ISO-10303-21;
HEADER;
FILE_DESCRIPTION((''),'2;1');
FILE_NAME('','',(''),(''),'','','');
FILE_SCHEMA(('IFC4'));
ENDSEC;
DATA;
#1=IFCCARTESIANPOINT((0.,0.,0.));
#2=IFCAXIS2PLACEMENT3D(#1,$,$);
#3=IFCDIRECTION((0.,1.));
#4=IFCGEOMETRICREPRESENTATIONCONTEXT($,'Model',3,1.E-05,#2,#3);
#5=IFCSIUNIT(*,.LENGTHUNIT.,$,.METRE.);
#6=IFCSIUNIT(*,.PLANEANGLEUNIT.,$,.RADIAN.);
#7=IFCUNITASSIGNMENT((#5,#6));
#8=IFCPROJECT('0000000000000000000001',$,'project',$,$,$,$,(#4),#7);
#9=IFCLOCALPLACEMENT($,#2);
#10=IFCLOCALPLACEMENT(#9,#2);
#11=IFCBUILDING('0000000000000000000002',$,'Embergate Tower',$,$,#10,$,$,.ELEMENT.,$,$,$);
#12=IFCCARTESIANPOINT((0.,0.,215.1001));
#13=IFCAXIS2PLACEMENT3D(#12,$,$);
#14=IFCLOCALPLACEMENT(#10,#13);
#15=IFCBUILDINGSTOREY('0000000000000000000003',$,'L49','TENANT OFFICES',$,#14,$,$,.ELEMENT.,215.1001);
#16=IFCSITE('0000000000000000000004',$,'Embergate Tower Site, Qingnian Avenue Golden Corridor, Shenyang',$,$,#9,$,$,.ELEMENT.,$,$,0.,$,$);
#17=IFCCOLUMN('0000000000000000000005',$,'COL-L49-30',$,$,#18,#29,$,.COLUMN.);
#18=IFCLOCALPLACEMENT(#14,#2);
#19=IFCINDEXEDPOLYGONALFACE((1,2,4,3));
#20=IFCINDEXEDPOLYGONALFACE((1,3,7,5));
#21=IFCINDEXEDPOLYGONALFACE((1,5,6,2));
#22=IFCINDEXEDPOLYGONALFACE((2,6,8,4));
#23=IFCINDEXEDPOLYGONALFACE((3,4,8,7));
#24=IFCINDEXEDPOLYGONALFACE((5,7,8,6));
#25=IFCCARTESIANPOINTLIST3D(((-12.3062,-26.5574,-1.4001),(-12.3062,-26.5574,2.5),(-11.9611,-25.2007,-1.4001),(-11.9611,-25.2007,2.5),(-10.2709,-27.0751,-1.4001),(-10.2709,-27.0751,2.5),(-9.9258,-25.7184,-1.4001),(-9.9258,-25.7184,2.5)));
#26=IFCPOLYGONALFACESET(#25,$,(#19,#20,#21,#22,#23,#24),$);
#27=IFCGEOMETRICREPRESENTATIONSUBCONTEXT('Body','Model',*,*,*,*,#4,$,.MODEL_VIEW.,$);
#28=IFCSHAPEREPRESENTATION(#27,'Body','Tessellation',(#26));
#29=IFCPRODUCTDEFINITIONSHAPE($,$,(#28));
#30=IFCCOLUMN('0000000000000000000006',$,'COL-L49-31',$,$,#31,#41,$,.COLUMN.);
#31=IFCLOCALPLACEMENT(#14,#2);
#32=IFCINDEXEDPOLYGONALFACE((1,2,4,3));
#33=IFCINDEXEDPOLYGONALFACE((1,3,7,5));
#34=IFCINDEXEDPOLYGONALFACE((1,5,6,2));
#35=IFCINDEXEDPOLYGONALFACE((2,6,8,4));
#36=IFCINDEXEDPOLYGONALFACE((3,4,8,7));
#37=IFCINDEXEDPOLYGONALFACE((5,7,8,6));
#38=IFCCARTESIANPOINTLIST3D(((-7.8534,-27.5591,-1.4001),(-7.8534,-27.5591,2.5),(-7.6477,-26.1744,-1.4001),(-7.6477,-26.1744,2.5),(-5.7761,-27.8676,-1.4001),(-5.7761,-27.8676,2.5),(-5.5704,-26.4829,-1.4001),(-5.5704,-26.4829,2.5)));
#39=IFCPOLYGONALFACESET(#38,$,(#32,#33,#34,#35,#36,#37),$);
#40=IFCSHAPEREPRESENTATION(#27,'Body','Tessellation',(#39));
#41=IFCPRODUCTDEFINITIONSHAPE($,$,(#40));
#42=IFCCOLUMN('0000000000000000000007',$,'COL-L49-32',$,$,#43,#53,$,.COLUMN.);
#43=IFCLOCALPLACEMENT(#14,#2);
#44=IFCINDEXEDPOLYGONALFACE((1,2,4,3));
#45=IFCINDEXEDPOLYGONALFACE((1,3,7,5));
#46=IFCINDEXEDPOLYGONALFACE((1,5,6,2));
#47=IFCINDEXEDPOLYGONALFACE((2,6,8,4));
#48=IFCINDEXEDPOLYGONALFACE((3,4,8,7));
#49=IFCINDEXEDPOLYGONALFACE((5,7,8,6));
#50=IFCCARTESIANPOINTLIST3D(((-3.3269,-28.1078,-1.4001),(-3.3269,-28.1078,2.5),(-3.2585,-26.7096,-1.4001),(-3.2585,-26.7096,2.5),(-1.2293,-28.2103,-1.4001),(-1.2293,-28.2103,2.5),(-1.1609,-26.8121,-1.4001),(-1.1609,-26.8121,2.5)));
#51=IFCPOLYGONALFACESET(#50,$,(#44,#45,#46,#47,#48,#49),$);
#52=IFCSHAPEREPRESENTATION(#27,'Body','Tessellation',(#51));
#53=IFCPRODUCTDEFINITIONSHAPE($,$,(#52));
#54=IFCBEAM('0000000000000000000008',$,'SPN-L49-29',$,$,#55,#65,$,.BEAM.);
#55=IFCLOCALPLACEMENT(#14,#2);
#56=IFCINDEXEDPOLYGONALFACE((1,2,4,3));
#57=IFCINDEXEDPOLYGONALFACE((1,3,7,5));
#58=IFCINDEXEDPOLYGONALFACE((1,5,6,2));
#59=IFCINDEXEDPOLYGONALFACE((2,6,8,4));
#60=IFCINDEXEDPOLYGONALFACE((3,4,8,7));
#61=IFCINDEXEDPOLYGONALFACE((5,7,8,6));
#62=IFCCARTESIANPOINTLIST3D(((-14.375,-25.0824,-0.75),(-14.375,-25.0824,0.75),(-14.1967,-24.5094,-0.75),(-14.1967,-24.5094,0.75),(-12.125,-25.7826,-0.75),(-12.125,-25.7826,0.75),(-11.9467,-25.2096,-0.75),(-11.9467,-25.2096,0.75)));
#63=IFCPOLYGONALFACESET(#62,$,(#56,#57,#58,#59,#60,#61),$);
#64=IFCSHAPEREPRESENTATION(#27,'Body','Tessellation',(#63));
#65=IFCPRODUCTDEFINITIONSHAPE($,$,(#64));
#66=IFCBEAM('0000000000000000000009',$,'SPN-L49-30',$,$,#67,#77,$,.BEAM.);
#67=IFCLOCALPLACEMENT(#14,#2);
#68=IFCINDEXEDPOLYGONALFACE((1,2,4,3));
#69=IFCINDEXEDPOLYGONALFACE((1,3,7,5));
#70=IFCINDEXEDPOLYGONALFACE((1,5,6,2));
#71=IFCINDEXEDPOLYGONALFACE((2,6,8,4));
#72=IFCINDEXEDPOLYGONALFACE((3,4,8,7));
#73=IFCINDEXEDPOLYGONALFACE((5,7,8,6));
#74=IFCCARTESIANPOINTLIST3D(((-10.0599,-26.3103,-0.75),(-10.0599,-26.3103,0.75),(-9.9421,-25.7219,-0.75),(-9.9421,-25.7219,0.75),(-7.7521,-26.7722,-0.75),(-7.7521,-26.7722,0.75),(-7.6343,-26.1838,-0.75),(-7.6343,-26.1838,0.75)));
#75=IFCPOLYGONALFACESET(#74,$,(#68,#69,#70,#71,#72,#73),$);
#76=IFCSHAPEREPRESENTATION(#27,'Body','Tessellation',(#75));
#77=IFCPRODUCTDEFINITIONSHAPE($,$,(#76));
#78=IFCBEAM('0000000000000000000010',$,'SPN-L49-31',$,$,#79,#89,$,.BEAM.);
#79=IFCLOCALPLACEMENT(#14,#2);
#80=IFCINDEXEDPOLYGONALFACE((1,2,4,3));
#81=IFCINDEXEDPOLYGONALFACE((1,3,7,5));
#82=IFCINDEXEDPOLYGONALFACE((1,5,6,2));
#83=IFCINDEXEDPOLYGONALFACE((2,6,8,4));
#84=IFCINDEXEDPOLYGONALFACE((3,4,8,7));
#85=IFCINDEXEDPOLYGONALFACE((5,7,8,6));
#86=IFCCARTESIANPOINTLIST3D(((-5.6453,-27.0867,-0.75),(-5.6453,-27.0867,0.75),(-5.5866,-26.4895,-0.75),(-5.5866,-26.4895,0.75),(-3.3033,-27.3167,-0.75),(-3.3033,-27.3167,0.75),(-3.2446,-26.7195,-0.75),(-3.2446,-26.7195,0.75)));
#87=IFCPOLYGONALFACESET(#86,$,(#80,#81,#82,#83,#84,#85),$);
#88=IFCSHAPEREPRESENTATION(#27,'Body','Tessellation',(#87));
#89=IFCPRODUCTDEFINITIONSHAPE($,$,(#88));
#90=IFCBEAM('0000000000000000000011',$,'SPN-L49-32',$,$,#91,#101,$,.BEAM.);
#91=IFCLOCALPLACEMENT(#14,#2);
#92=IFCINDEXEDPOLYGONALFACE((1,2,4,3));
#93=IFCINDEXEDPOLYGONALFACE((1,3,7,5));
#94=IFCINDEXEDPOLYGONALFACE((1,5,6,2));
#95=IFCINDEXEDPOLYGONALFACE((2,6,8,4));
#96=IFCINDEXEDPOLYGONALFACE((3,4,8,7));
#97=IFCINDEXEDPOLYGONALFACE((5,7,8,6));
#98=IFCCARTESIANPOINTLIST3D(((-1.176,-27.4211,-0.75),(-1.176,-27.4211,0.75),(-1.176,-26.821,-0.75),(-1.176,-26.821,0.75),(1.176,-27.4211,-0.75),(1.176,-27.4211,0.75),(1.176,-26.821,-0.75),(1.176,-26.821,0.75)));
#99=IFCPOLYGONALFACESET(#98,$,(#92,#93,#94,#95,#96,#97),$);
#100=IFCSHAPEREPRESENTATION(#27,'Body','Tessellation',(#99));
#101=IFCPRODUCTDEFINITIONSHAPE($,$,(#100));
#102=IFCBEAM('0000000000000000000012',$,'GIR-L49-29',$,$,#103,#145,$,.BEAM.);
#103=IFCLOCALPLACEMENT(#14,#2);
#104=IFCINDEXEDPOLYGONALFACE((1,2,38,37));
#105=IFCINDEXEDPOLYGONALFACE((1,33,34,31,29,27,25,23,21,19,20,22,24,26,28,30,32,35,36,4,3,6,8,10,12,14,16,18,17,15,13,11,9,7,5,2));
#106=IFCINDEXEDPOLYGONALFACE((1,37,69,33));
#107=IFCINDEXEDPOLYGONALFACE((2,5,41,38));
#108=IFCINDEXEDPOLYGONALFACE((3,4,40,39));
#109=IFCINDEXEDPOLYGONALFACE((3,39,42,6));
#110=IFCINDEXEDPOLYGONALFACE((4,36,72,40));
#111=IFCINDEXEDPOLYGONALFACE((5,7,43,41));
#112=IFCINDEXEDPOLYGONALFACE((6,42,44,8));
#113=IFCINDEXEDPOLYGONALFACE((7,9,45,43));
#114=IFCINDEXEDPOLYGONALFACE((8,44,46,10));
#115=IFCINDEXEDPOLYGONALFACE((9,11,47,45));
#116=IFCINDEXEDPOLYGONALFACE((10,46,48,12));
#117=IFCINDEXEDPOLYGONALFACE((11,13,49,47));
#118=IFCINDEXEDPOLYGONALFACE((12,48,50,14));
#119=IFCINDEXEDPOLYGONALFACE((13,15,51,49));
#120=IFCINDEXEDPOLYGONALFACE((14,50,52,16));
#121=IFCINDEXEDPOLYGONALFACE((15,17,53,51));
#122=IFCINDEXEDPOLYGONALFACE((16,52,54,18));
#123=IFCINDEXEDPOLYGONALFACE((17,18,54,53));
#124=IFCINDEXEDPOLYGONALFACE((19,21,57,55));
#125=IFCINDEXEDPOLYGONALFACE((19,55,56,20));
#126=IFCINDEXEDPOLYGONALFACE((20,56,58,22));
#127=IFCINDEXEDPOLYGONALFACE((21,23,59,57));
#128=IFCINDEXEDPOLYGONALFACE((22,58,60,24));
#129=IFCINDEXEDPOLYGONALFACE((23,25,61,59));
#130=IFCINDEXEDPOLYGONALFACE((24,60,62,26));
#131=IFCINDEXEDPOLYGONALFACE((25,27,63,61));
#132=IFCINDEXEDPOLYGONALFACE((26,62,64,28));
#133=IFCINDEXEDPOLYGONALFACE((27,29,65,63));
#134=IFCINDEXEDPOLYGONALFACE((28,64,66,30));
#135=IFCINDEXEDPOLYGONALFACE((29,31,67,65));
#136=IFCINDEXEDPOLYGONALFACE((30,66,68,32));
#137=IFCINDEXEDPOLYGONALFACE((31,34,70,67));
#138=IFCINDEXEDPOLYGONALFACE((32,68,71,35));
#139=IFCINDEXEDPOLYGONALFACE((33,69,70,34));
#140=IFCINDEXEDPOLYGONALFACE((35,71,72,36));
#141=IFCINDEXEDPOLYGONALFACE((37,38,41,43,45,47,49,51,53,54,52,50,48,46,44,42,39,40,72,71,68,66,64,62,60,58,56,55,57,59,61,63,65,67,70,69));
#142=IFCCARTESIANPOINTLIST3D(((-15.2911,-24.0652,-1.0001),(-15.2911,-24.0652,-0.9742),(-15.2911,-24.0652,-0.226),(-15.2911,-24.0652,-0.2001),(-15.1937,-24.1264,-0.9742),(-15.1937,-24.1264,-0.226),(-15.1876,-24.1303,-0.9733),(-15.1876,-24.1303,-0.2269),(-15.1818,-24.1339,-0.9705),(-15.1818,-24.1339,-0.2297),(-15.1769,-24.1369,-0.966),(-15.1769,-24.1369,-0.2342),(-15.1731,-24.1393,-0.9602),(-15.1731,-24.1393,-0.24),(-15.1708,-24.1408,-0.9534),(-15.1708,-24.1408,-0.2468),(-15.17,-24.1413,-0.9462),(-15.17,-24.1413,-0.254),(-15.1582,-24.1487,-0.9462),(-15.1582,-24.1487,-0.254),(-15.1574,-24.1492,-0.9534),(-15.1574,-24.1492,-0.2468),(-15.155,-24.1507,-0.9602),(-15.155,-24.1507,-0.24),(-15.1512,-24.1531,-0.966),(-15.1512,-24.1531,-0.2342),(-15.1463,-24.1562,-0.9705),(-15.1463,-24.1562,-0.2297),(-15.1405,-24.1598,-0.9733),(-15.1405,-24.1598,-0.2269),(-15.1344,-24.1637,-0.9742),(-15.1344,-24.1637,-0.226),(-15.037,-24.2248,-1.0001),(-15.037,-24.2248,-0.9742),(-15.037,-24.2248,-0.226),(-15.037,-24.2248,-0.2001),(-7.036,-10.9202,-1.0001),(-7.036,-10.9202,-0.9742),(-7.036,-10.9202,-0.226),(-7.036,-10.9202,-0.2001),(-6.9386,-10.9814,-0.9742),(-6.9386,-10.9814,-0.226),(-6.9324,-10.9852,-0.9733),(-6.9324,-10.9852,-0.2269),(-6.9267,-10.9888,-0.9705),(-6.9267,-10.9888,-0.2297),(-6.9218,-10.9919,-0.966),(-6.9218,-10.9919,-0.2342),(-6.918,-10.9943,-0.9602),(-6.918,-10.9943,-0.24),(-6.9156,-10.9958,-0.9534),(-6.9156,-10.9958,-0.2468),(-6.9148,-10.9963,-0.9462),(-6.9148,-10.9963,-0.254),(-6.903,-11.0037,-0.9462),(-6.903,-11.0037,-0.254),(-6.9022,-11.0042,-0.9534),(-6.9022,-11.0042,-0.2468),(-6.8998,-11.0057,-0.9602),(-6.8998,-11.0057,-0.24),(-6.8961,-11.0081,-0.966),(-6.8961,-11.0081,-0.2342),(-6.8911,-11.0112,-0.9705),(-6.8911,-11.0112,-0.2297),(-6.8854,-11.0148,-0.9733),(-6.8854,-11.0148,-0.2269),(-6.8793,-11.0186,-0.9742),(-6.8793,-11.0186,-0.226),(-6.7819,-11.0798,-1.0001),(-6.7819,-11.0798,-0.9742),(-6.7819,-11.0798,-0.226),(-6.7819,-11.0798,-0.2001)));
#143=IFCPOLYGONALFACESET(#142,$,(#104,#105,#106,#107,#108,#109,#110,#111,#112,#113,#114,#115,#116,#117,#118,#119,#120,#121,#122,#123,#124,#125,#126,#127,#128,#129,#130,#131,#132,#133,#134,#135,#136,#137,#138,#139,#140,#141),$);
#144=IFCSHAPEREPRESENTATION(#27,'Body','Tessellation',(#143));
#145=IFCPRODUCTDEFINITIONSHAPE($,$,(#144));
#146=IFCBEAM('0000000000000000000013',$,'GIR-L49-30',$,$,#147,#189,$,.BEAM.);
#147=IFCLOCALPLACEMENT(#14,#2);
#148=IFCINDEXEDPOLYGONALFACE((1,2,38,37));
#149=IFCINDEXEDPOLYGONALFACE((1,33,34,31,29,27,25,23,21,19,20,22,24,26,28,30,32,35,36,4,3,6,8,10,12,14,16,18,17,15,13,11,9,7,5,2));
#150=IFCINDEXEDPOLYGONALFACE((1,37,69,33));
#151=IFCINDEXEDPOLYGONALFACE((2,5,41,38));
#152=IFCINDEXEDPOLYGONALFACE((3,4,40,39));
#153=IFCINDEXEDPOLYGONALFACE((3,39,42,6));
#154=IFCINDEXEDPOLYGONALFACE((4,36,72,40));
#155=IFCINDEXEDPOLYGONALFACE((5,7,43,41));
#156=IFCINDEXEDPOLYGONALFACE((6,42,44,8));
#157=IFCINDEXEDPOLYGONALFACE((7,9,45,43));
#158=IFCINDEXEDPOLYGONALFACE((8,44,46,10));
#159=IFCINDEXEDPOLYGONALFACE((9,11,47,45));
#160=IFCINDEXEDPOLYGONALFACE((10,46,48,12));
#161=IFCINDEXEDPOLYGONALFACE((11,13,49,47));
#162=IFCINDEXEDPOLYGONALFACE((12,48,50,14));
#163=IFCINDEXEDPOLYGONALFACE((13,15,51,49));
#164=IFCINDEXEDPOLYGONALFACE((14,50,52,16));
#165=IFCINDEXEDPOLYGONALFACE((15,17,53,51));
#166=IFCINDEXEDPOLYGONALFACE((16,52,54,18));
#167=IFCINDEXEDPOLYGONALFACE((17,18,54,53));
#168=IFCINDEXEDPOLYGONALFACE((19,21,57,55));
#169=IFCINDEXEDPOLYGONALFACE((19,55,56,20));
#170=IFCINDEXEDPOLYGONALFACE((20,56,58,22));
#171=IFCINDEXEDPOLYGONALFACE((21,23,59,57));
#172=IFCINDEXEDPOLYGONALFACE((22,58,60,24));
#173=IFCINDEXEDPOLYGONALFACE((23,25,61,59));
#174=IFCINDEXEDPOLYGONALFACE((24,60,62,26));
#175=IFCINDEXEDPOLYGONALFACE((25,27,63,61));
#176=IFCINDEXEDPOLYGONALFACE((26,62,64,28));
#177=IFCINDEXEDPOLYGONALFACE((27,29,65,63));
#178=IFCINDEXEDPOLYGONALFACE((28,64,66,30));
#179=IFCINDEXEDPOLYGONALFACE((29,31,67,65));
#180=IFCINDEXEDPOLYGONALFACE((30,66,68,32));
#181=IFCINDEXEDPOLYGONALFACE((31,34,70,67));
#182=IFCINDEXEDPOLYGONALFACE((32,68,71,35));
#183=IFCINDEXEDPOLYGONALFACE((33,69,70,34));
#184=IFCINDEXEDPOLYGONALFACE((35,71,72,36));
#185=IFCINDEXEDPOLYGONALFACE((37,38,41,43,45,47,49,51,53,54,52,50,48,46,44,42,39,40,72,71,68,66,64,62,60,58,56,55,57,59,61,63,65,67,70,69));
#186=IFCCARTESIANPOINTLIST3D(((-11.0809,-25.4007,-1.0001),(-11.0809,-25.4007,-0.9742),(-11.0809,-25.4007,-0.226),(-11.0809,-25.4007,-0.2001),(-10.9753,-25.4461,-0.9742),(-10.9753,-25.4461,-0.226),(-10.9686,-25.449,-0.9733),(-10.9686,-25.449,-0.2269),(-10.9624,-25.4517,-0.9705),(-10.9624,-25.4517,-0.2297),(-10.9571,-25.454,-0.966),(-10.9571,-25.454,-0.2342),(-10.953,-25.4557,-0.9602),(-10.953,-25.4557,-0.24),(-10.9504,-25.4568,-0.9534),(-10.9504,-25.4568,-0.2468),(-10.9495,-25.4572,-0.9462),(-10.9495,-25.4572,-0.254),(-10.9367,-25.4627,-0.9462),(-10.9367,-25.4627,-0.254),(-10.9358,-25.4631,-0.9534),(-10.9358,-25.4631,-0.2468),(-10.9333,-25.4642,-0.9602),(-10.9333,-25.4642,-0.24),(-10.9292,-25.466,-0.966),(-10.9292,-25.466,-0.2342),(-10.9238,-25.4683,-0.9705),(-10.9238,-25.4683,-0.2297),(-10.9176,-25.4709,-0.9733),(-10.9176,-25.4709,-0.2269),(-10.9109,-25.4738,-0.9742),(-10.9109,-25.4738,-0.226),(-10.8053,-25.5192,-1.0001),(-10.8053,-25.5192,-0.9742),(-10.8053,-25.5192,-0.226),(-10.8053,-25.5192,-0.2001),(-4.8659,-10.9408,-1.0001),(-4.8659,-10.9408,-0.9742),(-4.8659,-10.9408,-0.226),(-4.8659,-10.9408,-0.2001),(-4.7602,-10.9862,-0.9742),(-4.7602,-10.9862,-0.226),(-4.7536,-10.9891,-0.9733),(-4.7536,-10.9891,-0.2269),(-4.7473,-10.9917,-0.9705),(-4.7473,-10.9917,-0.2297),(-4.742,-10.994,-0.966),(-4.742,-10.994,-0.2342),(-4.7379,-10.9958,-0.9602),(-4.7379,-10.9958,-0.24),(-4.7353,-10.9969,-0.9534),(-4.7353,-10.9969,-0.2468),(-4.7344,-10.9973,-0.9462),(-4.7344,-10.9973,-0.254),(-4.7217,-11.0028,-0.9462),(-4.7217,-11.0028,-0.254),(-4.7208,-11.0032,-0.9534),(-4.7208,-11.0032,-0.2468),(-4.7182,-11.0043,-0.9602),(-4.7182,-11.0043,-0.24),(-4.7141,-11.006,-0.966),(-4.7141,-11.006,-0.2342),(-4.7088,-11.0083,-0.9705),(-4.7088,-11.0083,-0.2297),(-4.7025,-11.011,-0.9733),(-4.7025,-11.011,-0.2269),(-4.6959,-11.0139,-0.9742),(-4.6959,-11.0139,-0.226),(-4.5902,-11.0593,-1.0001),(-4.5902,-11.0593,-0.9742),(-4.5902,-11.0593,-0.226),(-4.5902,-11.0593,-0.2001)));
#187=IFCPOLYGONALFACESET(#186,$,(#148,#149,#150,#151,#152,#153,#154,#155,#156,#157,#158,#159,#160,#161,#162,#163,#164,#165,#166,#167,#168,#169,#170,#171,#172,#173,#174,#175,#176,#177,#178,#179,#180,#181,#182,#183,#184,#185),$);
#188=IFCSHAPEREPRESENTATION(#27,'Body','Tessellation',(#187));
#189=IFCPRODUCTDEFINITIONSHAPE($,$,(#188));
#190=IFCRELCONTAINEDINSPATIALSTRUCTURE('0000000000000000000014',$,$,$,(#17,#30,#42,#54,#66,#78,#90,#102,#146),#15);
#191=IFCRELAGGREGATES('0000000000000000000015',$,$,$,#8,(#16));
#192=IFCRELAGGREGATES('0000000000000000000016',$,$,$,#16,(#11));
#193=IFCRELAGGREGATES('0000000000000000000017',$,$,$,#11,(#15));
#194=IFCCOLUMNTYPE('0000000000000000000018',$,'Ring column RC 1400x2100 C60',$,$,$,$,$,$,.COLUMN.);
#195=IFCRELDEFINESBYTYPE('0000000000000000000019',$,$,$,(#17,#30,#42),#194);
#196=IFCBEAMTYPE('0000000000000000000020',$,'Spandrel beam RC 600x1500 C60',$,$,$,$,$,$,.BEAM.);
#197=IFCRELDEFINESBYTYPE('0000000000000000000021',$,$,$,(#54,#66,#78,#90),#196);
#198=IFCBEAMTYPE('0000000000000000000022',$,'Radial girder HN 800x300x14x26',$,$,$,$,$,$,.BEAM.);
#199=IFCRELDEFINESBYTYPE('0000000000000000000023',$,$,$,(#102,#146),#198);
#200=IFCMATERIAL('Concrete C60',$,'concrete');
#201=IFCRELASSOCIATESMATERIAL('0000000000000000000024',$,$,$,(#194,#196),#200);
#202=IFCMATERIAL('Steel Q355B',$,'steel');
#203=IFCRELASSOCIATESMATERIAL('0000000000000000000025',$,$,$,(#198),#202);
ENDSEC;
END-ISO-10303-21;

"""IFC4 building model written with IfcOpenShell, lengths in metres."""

from ifc_helpers import new_model, si_unit, direction, frame, origin, origin_2d, place, context, subcontext, project, spatial, rectangle, i_section, extrude, source, transform, mapped, material, material_profile, profile_set, type_object, element, save


model = new_model("IFC4")

# Units and contexts
model_context = context("Model", 3, precision=1e-05, world=origin(), true_north=direction((0.0, 1.0)))
body_context = subcontext(model_context, "Body", "Model", "MODEL_VIEW")
ifc_project = project(units=[si_unit("LENGTHUNIT", "METRE"), si_unit("PLANEANGLEUNIT", "RADIAN")], contexts=[model_context])

# Site, building, storey
site_placement = place(None, origin())
site = spatial("IfcSite", under=ifc_project, at=site_placement, Name="Embergate Tower Site, Qingnian Avenue Golden Corridor, Shenyang", CompositionType="ELEMENT", RefElevation=0.0)
building_placement = place(site_placement, origin())
building = spatial("IfcBuilding", under=site, at=building_placement, Name="Embergate Tower", CompositionType="ELEMENT")
storey_placement = place(building_placement, frame((0.0, 0.0, 215.1001)))
storey = spatial("IfcBuildingStorey", under=building, at=storey_placement, Name="L49", Description="TENANT OFFICES", CompositionType="ELEMENT", Elevation=215.1001)

# Columns
ifc_material_1 = material(Name="Concrete C60", Category="concrete")
ifc_material_profile_1 = material_profile(ifc_material_1, rectangle(XDim=1.3999, YDim=2.1001, at=origin_2d()), Name="RC 1400x2100")
ifc_profile_set_1 = profile_set([ifc_material_profile_1], Name="Concrete C60")
column_type = type_object("IfcColumnType", Name="Ring column RC 1400x2100 C60", PredefinedType="COLUMN", material=ifc_profile_set_1)
shared_shape_1 = source(origin(), body_context, "Body", "SweptSolid", [
    extrude(rectangle(XDim=1.3999, YDim=2.1001, at=origin_2d()), origin(), (0.0, 0.0, 1.0), 3.9001),
])
for number, where, z_axis, x_axis, name in (
    (1, (-11.116, -26.1379, -1.4001), (0.0, 0.0, 1.0), (-0.246509, -0.969141, 0.0), "COL-L49-30"),
    (2, (-6.7119, -27.021, -1.4001), (0.0, 0.0, 1.0), (-0.146929, -0.989147, 0.0), "COL-L49-31"),
    (3, (-2.2439, -27.46, -1.4001), (0.0, 0.0, 1.0), (-0.048815, -0.998808, 0.0), "COL-L49-32"),
):
    element("IfcColumn", number, at=place(storey_placement, frame(where, z_axis=z_axis, x_axis=x_axis)), inside=storey, type_object=column_type, Name=name, PredefinedType="COLUMN", context=body_context, shape_type="MappedRepresentation", body=[
        mapped(shared_shape_1, transform((0.0, 0.0, 0.0))),
    ])

# Beams
ifc_material_profile_2 = material_profile(ifc_material_1, rectangle(XDim=0.6001, YDim=1.5, at=origin_2d()), Name="RC 600x1500")
ifc_profile_set_2 = profile_set([ifc_material_profile_2], Name="Concrete C60")
beam_type_1 = type_object("IfcBeamType", Name="Spandrel beam RC 600x1500 C60", PredefinedType="BEAM", material=ifc_profile_set_2)
shared_shape_2 = source(origin(), body_context, "Body", "SweptSolid", [
    extrude(rectangle(XDim=0.6001, YDim=1.5, at=origin_2d()), origin(), (0.0, 0.0, 1.0), 2.3564),
])
beam_1_placement = place(storey_placement, frame((-14.2859, -24.7959, 0.0), z_axis=(0.954833, -0.297142, 0.0), x_axis=(0.297142, 0.954833, 0.0)))
element("IfcBeam", 4, at=beam_1_placement, inside=storey, type_object=beam_type_1, Name="SPN-L49-29", PredefinedType="BEAM", context=body_context, shape_type="MappedRepresentation", body=[
    mapped(shared_shape_2, transform((0.0, 0.0, 0.0))),
])
shared_shape_3 = source(origin(), body_context, "Body", "SweptSolid", [
    extrude(rectangle(XDim=0.6001, YDim=1.5, at=origin_2d()), origin(), (0.0, 0.0, 1.0), 2.3535),
])
beam_2_placement = place(storey_placement, frame((-10.001, -26.0161, 0.0), z_axis=(0.980553, -0.196256, 0.0), x_axis=(0.196256, 0.980553, 0.0)))
element("IfcBeam", 5, at=beam_2_placement, inside=storey, type_object=beam_type_1, Name="SPN-L49-30", PredefinedType="BEAM", context=body_context, shape_type="MappedRepresentation", body=[
    mapped(shared_shape_3, transform((0.0, 0.0, 0.0))),
])
shared_shape_4 = source(origin(), body_context, "Body", "SweptSolid", [
    extrude(rectangle(XDim=0.6001, YDim=1.5, at=origin_2d()), origin(), (0.0, 0.0, 1.0), 2.3533),
])
beam_3_placement = place(storey_placement, frame((-5.616, -26.7881, 0.0), z_axis=(0.995213, -0.097727, 0.0), x_axis=(0.097727, 0.995213, 0.0)))
element("IfcBeam", 6, at=beam_3_placement, inside=storey, type_object=beam_type_1, Name="SPN-L49-31", PredefinedType="BEAM", context=body_context, shape_type="MappedRepresentation", body=[
    mapped(shared_shape_4, transform((0.0, 0.0, 0.0))),
])
shared_shape_5 = source(origin(), body_context, "Body", "SweptSolid", [
    extrude(rectangle(XDim=0.6001, YDim=1.5, at=origin_2d()), origin(), (0.0, 0.0, 1.0), 2.3521),
])
beam_4_placement = place(storey_placement, frame((-1.176, -27.1211, 0.0), z_axis=(1.0, 0.0, 0.0), x_axis=(0.0, 1.0, 0.0)))
element("IfcBeam", 7, at=beam_4_placement, inside=storey, type_object=beam_type_1, Name="SPN-L49-32", PredefinedType="BEAM", context=body_context, shape_type="MappedRepresentation", body=[
    mapped(shared_shape_5, transform((0.0, 0.0, 0.0))),
])
ifc_material_2 = material(Name="Steel Q355B", Category="steel")
ifc_material_profile_3 = material_profile(ifc_material_2, i_section(OverallWidth=0.3, OverallDepth=0.8, WebThickness=0.0139, FlangeThickness=0.0259, FilletRadius=0.0281, at=origin_2d()), Name="HN 800x300x14x26")
ifc_profile_set_3 = profile_set([ifc_material_profile_3], Name="Steel Q355 grade B")
beam_type_2 = type_object("IfcBeamType", Name="Radial girder HN 800x300x14x26", PredefinedType="BEAM", material=ifc_profile_set_3)
shared_shape_6 = source(origin(), body_context, "Body", "SweptSolid", [
    extrude(i_section(OverallWidth=0.3, OverallDepth=0.8, WebThickness=0.0139, FlangeThickness=0.0259, FilletRadius=0.0281, at=origin_2d()), origin(), (0.0, 0.0, 1.0), 15.5222),
])
beam_5_placement = place(storey_placement, frame((-15.1641, -24.145, -0.6001), z_axis=(0.531827, 0.846853, 0.0), x_axis=(-0.846853, 0.531827, 0.0)))
element("IfcBeam", 8, at=beam_5_placement, inside=storey, type_object=beam_type_2, Name="GIR-L49-29", PredefinedType="BEAM", context=body_context, shape_type="MappedRepresentation", body=[
    mapped(shared_shape_6, transform((0.0, 0.0, 0.0))),
])
shared_shape_7 = source(origin(), body_context, "Body", "SweptSolid", [
    extrude(i_section(OverallWidth=0.3, OverallDepth=0.8, WebThickness=0.0139, FlangeThickness=0.0259, FilletRadius=0.0281, at=origin_2d()), origin(), (0.0, 0.0, 1.0), 15.739),
])
beam_6_placement = place(storey_placement, frame((-10.9431, -25.46, -0.6001), z_axis=(0.394883, 0.918731, 0.0), x_axis=(-0.918731, 0.394883, 0.0)))
element("IfcBeam", 9, at=beam_6_placement, inside=storey, type_object=beam_type_2, Name="GIR-L49-30", PredefinedType="BEAM", context=body_context, shape_type="MappedRepresentation", body=[
    mapped(shared_shape_7, transform((0.0, 0.0, 0.0))),
])

save(model, "model.ifc")
